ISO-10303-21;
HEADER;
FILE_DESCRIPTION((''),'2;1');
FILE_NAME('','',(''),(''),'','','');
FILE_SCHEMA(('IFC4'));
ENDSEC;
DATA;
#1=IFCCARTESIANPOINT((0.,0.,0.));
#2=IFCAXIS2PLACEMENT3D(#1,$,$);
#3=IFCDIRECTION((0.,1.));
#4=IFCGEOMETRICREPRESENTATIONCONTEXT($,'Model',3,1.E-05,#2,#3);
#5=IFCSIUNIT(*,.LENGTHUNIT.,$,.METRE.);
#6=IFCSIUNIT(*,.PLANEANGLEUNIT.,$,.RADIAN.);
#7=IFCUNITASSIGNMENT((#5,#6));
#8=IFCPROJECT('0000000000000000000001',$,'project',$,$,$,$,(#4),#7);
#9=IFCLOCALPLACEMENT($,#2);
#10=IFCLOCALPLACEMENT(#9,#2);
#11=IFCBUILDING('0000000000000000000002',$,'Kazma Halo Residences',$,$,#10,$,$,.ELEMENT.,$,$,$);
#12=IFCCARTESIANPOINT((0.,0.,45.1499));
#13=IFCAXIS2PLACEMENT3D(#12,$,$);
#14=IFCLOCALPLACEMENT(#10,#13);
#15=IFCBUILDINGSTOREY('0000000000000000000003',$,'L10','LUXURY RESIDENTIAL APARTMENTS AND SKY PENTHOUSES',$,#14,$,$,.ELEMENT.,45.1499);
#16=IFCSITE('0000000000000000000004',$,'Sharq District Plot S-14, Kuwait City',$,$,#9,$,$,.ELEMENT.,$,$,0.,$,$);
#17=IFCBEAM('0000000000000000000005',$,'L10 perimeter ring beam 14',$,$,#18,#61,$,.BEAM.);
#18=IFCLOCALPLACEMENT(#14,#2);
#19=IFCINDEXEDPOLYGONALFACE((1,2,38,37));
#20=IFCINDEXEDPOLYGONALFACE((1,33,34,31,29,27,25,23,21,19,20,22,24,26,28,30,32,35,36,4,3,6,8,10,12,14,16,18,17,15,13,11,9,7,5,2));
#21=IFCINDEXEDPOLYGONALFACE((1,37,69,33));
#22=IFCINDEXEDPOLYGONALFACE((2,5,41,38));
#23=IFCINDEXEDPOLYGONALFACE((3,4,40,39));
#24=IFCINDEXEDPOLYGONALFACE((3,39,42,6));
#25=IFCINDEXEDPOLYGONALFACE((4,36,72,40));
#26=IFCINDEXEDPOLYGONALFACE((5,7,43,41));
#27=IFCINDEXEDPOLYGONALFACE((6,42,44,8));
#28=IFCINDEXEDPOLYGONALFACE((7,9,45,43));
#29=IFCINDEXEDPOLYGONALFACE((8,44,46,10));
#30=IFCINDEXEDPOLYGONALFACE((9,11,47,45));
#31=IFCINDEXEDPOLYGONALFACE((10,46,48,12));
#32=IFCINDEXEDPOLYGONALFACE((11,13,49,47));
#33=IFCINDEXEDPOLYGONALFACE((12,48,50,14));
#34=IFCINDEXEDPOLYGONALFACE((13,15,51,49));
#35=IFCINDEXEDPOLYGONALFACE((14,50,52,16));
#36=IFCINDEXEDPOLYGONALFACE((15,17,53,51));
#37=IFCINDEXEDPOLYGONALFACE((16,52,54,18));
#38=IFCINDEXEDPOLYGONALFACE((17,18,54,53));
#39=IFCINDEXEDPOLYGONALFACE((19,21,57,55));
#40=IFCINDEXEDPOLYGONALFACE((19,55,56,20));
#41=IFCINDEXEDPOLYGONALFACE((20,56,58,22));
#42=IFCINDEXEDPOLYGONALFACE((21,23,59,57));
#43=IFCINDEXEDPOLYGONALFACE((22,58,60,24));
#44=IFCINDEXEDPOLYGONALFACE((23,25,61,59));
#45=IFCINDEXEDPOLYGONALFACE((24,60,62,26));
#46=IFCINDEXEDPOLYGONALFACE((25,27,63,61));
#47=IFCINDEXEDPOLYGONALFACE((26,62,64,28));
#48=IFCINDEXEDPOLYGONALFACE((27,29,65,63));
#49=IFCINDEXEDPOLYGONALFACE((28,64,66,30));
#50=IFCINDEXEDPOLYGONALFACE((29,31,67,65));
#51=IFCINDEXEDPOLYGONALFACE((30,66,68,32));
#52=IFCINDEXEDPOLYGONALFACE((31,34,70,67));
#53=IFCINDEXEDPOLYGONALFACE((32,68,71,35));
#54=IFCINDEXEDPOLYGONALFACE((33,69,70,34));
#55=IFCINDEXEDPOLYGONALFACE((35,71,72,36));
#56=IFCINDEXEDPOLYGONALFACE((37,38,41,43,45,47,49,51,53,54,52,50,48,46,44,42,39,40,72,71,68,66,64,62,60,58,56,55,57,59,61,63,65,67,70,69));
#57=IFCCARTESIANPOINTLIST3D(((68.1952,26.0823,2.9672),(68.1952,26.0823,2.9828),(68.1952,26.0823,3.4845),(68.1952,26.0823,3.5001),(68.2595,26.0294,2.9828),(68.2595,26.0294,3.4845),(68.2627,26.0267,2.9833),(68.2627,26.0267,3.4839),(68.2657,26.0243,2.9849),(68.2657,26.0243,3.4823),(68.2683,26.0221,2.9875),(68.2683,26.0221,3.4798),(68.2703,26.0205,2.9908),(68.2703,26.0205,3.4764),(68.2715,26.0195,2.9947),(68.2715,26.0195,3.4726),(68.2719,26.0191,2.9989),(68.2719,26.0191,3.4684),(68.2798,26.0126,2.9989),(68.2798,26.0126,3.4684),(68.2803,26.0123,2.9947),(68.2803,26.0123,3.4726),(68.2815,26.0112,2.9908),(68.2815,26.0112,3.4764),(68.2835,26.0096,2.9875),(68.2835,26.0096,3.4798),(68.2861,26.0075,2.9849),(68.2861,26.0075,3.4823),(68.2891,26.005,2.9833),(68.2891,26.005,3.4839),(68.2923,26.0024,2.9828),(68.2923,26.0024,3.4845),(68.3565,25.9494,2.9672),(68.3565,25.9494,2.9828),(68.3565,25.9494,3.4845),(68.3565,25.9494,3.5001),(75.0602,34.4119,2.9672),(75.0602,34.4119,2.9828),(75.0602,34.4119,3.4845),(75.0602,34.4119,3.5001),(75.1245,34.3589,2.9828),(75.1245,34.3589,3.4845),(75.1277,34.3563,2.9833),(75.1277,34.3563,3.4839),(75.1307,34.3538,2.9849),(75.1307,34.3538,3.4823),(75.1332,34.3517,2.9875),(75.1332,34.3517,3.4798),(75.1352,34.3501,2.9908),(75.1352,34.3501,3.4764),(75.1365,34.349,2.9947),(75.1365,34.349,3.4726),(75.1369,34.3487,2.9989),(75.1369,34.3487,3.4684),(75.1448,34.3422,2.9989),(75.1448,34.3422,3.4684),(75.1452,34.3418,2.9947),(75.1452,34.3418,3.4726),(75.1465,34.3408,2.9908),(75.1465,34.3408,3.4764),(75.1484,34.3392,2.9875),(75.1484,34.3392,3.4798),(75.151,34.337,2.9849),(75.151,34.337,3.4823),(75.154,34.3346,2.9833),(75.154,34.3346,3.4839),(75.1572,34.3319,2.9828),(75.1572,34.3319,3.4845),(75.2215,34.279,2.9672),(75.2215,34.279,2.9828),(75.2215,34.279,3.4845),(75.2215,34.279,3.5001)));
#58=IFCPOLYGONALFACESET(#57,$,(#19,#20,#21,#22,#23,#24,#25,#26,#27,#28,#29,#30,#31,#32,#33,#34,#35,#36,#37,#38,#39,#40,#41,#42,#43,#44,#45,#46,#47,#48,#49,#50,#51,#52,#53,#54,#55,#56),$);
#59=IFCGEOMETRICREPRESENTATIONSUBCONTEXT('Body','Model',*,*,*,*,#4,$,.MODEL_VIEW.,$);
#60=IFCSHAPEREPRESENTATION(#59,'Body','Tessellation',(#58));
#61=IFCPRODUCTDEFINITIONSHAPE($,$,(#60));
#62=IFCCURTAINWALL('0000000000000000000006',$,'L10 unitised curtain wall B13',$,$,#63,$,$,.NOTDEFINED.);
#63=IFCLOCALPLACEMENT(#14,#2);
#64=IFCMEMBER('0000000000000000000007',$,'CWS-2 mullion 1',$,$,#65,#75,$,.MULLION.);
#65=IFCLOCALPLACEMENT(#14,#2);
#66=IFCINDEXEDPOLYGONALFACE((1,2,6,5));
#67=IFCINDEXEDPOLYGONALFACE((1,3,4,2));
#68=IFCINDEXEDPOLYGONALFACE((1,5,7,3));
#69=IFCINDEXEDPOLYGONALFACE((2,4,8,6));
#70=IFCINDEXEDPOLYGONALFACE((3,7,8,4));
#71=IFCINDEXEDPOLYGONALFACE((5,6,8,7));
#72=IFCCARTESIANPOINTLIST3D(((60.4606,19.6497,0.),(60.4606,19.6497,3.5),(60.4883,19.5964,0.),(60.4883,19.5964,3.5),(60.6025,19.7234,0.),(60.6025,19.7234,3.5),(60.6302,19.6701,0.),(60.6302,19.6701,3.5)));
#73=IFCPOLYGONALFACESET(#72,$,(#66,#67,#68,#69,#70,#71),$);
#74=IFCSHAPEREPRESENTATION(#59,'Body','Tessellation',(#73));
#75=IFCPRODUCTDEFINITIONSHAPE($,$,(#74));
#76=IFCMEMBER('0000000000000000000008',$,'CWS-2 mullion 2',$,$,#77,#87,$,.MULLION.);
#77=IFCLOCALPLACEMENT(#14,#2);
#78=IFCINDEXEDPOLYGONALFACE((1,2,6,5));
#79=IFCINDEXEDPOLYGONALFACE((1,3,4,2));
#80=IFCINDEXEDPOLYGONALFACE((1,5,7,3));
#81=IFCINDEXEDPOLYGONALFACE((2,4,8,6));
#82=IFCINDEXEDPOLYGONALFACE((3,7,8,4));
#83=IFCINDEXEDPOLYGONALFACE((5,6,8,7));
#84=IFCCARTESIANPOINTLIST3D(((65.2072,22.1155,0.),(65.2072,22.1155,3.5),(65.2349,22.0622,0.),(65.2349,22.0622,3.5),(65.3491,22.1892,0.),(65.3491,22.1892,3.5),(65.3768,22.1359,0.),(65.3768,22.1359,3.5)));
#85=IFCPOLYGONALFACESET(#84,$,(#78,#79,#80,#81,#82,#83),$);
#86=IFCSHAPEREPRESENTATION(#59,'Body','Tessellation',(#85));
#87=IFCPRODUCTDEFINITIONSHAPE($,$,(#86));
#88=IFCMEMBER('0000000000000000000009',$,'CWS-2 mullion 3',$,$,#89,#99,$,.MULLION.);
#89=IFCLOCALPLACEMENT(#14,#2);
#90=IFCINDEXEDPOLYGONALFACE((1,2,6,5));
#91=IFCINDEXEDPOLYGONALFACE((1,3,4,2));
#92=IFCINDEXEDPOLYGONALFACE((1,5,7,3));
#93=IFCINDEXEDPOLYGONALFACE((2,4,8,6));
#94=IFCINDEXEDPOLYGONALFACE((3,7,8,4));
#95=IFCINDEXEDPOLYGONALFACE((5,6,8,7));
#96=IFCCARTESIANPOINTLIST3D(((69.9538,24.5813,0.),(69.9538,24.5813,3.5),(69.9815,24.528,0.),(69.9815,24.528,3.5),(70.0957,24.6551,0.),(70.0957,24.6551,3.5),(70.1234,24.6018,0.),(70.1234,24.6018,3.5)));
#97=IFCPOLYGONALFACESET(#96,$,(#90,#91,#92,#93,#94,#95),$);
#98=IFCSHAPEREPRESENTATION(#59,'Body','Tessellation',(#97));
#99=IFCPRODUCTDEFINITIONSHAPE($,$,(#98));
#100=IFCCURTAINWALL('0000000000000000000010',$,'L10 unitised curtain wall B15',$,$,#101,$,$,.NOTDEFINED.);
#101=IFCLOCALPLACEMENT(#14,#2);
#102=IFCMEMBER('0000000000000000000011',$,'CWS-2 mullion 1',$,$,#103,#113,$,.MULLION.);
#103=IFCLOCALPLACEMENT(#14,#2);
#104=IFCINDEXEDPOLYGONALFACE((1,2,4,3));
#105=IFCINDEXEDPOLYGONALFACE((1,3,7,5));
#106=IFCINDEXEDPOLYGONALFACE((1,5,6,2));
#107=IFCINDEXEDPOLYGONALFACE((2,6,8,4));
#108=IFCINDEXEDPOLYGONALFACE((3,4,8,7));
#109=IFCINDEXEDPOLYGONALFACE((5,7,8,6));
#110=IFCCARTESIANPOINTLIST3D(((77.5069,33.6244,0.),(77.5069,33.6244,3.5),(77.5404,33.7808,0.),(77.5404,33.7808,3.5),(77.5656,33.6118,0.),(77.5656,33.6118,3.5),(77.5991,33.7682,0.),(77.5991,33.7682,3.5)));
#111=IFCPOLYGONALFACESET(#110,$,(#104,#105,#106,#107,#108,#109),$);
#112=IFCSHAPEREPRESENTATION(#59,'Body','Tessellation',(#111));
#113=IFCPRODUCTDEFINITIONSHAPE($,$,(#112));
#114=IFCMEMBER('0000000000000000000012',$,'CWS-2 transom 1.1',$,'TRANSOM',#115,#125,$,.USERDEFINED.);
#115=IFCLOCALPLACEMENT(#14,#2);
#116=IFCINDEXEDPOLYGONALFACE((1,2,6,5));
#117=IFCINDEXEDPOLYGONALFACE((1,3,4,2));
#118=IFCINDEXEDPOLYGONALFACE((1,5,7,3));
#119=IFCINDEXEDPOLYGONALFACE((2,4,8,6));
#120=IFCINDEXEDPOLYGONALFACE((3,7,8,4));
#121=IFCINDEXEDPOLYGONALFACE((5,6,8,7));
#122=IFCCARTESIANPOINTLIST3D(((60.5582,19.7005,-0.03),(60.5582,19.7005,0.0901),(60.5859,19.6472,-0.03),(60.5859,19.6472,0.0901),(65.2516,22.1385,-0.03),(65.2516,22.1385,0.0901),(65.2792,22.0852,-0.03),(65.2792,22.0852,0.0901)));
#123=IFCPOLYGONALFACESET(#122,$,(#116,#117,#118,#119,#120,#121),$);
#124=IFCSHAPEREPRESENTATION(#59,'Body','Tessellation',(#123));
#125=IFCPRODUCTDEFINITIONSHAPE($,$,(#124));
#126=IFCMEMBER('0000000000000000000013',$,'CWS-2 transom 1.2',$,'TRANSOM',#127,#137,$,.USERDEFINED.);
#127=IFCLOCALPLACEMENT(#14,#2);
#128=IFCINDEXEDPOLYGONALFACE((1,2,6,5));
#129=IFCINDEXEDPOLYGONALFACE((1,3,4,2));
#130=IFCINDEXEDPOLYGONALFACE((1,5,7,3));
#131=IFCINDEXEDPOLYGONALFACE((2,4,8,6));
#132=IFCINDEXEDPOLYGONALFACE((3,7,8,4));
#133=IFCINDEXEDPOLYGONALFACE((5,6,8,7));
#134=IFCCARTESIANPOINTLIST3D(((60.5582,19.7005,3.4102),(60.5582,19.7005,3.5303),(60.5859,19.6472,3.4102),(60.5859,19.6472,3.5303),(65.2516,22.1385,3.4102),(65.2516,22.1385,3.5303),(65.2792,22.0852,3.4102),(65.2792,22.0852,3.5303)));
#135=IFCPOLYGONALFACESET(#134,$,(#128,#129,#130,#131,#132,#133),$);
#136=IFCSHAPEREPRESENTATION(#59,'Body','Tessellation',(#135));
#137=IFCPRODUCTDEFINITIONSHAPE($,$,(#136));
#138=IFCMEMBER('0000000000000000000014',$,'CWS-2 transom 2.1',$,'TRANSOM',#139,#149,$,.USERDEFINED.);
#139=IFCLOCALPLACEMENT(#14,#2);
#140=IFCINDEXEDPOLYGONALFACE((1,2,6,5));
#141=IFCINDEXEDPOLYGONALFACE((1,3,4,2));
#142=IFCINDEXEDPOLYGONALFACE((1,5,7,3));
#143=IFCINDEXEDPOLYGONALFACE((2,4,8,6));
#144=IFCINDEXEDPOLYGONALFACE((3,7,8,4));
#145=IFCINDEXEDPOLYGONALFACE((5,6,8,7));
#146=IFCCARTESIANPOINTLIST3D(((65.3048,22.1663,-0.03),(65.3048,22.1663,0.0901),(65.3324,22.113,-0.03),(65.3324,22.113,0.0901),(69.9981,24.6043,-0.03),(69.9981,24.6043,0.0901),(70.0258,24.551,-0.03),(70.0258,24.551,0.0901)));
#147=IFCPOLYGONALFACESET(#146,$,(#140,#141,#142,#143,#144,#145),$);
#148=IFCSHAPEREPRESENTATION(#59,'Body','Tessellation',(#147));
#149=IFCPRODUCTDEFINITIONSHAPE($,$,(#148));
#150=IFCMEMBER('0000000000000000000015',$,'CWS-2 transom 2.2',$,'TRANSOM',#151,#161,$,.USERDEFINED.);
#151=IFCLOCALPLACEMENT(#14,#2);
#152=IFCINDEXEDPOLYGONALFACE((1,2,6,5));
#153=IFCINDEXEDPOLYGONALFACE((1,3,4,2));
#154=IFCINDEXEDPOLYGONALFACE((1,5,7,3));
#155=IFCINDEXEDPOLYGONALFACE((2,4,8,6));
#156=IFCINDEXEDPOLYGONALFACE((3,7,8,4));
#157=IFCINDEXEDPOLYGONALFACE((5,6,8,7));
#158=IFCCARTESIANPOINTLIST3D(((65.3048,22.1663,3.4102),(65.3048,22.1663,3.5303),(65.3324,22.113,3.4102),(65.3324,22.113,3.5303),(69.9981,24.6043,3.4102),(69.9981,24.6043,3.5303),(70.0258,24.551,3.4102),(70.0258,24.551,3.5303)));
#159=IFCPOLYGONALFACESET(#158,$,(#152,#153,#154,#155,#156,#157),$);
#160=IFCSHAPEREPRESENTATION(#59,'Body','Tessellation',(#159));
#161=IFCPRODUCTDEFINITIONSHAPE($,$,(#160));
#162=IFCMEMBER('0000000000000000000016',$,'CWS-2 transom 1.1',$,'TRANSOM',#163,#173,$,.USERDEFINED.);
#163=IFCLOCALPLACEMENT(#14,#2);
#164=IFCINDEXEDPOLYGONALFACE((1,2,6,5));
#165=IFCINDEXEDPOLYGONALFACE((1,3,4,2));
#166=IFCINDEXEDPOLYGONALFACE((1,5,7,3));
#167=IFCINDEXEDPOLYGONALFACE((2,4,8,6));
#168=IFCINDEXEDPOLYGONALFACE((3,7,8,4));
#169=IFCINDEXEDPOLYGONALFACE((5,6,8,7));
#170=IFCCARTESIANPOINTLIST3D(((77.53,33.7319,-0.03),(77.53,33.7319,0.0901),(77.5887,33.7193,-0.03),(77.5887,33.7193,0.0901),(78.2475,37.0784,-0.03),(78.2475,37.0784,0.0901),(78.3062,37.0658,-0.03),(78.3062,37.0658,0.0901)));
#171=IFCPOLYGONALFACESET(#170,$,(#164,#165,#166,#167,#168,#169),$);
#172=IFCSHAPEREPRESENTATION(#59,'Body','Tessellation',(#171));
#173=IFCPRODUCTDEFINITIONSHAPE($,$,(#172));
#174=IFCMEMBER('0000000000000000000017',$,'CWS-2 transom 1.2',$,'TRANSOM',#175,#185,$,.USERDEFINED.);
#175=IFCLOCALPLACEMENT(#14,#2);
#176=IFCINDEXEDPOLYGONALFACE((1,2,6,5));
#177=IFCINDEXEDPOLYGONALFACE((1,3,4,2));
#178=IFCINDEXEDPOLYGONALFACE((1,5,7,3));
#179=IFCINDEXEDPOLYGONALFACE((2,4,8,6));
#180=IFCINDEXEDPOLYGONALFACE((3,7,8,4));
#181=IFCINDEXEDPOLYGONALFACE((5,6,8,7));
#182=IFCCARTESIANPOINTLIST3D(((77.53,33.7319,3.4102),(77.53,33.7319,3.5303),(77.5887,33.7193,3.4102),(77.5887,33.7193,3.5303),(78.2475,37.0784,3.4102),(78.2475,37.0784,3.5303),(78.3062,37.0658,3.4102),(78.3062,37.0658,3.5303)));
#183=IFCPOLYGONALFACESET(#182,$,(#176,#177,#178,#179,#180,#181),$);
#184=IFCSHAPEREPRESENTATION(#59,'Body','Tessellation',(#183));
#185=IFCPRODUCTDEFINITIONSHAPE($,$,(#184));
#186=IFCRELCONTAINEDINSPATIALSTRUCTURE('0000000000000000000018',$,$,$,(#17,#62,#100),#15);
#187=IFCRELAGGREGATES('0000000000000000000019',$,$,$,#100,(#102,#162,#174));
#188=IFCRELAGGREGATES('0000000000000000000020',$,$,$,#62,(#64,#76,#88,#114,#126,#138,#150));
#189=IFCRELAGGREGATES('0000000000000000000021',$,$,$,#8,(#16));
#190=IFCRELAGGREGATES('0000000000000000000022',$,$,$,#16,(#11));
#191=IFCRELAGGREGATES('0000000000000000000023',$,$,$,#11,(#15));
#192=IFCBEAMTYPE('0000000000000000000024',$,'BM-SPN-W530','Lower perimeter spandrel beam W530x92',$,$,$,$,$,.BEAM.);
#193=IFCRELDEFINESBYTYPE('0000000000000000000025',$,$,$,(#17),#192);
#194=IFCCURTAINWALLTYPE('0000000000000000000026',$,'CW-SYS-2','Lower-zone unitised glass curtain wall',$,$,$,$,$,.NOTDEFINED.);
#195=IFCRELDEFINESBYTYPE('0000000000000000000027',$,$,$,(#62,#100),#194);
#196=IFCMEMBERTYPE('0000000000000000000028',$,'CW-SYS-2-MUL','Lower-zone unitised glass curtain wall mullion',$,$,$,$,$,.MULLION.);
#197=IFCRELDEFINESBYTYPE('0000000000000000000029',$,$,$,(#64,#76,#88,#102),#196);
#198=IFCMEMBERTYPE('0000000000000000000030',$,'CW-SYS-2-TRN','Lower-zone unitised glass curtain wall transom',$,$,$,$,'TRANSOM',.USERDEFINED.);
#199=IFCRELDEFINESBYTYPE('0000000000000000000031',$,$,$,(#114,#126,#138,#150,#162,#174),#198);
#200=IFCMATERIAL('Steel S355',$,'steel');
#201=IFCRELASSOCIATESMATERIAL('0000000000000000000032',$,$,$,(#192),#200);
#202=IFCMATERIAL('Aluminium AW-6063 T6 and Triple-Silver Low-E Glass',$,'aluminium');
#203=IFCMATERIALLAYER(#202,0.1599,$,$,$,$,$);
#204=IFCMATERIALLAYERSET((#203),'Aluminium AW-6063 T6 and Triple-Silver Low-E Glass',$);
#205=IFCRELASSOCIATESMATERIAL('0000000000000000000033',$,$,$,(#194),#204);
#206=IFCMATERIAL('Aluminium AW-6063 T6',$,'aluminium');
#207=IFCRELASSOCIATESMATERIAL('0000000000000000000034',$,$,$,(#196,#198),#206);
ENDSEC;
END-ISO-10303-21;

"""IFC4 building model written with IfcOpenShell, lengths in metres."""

from ifc_helpers import new_model, si_unit, direction, frame, origin, origin_2d, place, context, subcontext, project, spatial, rectangle, i_section, extrude, material, layer, layer_set, material_profile, profile_set, type_object, element, aggregate, save


model = new_model("IFC4")

# Units and contexts
model_context = context("Model", 3, precision=1e-05, world=origin(), true_north=direction((0.0, 1.0)))
body_context = subcontext(model_context, "Body", "Model", "MODEL_VIEW")
ifc_project = project(units=[si_unit("LENGTHUNIT", "METRE"), si_unit("PLANEANGLEUNIT", "RADIAN")], contexts=[model_context])

# Site, building, storey
site_placement = place(None, origin())
site = spatial("IfcSite", under=ifc_project, at=site_placement, Name="Sharq District Plot S-14, Kuwait City", CompositionType="ELEMENT", RefElevation=0.0)
building_placement = place(site_placement, origin())
building = spatial("IfcBuilding", under=site, at=building_placement, Name="Kazma Halo Residences", CompositionType="ELEMENT")
storey_placement = place(building_placement, frame((0.0, 0.0, 45.1499)))
storey = spatial("IfcBuildingStorey", under=building, at=storey_placement, Name="L10", Description="LUXURY RESIDENTIAL APARTMENTS AND SKY PENTHOUSES", CompositionType="ELEMENT", Elevation=45.1499)

# Beam
ifc_material_1 = material(Name="Steel S355", Category="steel")
ifc_material_profile_1 = material_profile(ifc_material_1, i_section(OverallWidth=0.209, OverallDepth=0.533, WebThickness=0.0103, FlangeThickness=0.0156, FilletRadius=0.0161, at=origin_2d()), Name="W530x92")
ifc_profile_set_1 = profile_set([ifc_material_profile_1], Name="Steel S355")
beam_type_1 = type_object("IfcBeamType", Name="BM-SPN-W530", Description="Lower perimeter spandrel beam W530x92", PredefinedType="BEAM", material=ifc_profile_set_1)
beam_1_placement = place(storey_placement, frame((68.2759, 26.0159, 3.2336), z_axis=(0.636001, 0.771688, 0.0), x_axis=(-0.771688, 0.636001, 0.0)))
element("IfcBeam", 1, at=beam_1_placement, inside=storey, type_object=beam_type_1, Name="L10 perimeter ring beam 14", PredefinedType="BEAM", context=body_context, shape_type="SweptSolid", body=[
    extrude(i_section(OverallWidth=0.209, OverallDepth=0.533, WebThickness=0.0103, FlangeThickness=0.0156, FilletRadius=0.0161, at=origin_2d()), origin(), (0.0, 0.0, 1.0), 10.7939),
])

# Curtain wall, members
ifc_material_2 = material(Name="Aluminium AW-6063 T6 and Triple-Silver Low-E Glass", Category="aluminium")
ifc_layer_1 = layer(ifc_material_2, 0.1599)
ifc_layer_set_1 = layer_set([ifc_layer_1], Name="Aluminium AW-6063 T6 and Triple-Silver Low-E Glass")
curtain_wall_type = type_object("IfcCurtainWallType", Name="CW-SYS-2", Description="Lower-zone unitised glass curtain wall", PredefinedType="NOTDEFINED", material=ifc_layer_set_1)
curtain_wall_1_placement = place(storey_placement, origin())
curtain_wall_1 = element("IfcCurtainWall", 2, at=curtain_wall_1_placement, inside=storey, type_object=curtain_wall_type, Name="L10 unitised curtain wall B13", PredefinedType="NOTDEFINED")
ifc_material_3 = material(Name="Aluminium AW-6063 T6", Category="aluminium")
ifc_material_profile_2 = material_profile(ifc_material_3, rectangle(XDim=0.0601, YDim=0.1599, at=origin_2d()), Name="CWM-60x160")
ifc_profile_set_2 = profile_set([ifc_material_profile_2], Name="Aluminium AW-6063 T6")
member_type_1 = type_object("IfcMemberType", Name="CW-SYS-2-MUL", Description="Lower-zone unitised glass curtain wall mullion", PredefinedType="MULLION", material=ifc_profile_set_2)
member_1_placement = place(storey_placement, frame((60.5454, 19.6599, 0.0), z_axis=(0.0, 0.0, 1.0), x_axis=(-0.460996, 0.887402, 0.0)))
member_1 = element("IfcMember", 3, at=member_1_placement, type_object=member_type_1, Name="CWS-2 mullion 1", PredefinedType="MULLION", context=body_context, shape_type="SweptSolid", body=[
    extrude(rectangle(XDim=0.0601, YDim=0.1599, at=origin_2d()), origin(), (0.0, 0.0, 1.0), 3.5),
])
member_2_placement = place(storey_placement, frame((65.292, 22.1257, 0.0), z_axis=(0.0, 0.0, 1.0), x_axis=(-0.460996, 0.887402, 0.0)))
member_2 = element("IfcMember", 4, at=member_2_placement, type_object=member_type_1, Name="CWS-2 mullion 2", PredefinedType="MULLION", context=body_context, shape_type="SweptSolid", body=[
    extrude(rectangle(XDim=0.0601, YDim=0.1599, at=origin_2d()), origin(), (0.0, 0.0, 1.0), 3.5),
])
member_3_placement = place(storey_placement, frame((70.0386, 24.5916, 0.0), z_axis=(0.0, 0.0, 1.0), x_axis=(-0.460996, 0.887402, 0.0)))
member_3 = element("IfcMember", 5, at=member_3_placement, type_object=member_type_1, Name="CWS-2 mullion 3", PredefinedType="MULLION", context=body_context, shape_type="SweptSolid", body=[
    extrude(rectangle(XDim=0.0601, YDim=0.1599, at=origin_2d()), origin(), (0.0, 0.0, 1.0), 3.5),
])

# Curtain wall, member
curtain_wall_2_placement = place(storey_placement, origin())
curtain_wall_2 = element("IfcCurtainWall", 6, at=curtain_wall_2_placement, inside=storey, type_object=curtain_wall_type, Name="L10 unitised curtain wall B15", PredefinedType="NOTDEFINED")
member_4_placement = place(storey_placement, frame((77.553, 33.6963, 0.0), z_axis=(0.0, 0.0, 1.0), x_axis=(-0.977779, 0.209637, 0.0)))
member_4 = element("IfcMember", 7, at=member_4_placement, type_object=member_type_1, Name="CWS-2 mullion 1", PredefinedType="MULLION", context=body_context, shape_type="SweptSolid", body=[
    extrude(rectangle(XDim=0.0601, YDim=0.1599, at=origin_2d()), origin(), (0.0, 0.0, 1.0), 3.5),
])

# Members
ifc_material_profile_3 = material_profile(ifc_material_3, rectangle(XDim=0.0601, YDim=0.1201, at=origin_2d()), Name="CWT-60x120")
ifc_profile_set_3 = profile_set([ifc_material_profile_3], Name="Aluminium AW-6063 T6")
member_type_2 = type_object("IfcMemberType", Name="CW-SYS-2-TRN", Description="Lower-zone unitised glass curtain wall transom", ElementType="TRANSOM", PredefinedType="USERDEFINED", material=ifc_profile_set_3)
member_5_placement = place(storey_placement, frame((60.572, 19.6738, 0.03), z_axis=(0.887415, 0.460972, 0.0), x_axis=(-0.460972, 0.887415, 0.0)))
member_5 = element("IfcMember", 8, at=member_5_placement, type_object=member_type_2, Name="CWS-2 transom 1.1", ObjectType="TRANSOM", PredefinedType="USERDEFINED", context=body_context, shape_type="SweptSolid", body=[
    extrude(rectangle(XDim=0.0601, YDim=0.1201, at=origin_2d()), origin(), (0.0, 0.0, 1.0), 5.2888),
])
member_6_placement = place(storey_placement, frame((60.572, 19.6738, 3.4702), z_axis=(0.887415, 0.460972, 0.0), x_axis=(-0.460972, 0.887415, 0.0)))
member_6 = element("IfcMember", 9, at=member_6_placement, type_object=member_type_2, Name="CWS-2 transom 1.2", ObjectType="TRANSOM", PredefinedType="USERDEFINED", context=body_context, shape_type="SweptSolid", body=[
    extrude(rectangle(XDim=0.0601, YDim=0.1201, at=origin_2d()), origin(), (0.0, 0.0, 1.0), 5.2888),
])
member_7_placement = place(storey_placement, frame((65.3186, 22.1396, 0.03), z_axis=(0.887415, 0.460972, 0.0), x_axis=(-0.460972, 0.887415, 0.0)))
member_7 = element("IfcMember", 10, at=member_7_placement, type_object=member_type_2, Name="CWS-2 transom 2.1", ObjectType="TRANSOM", PredefinedType="USERDEFINED", context=body_context, shape_type="SweptSolid", body=[
    extrude(rectangle(XDim=0.0601, YDim=0.1201, at=origin_2d()), origin(), (0.0, 0.0, 1.0), 5.2888),
])
member_8_placement = place(storey_placement, frame((65.3186, 22.1396, 3.4702), z_axis=(0.887415, 0.460972, 0.0), x_axis=(-0.460972, 0.887415, 0.0)))
member_8 = element("IfcMember", 11, at=member_8_placement, type_object=member_type_2, Name="CWS-2 transom 2.2", ObjectType="TRANSOM", PredefinedType="USERDEFINED", context=body_context, shape_type="SweptSolid", body=[
    extrude(rectangle(XDim=0.0601, YDim=0.1201, at=origin_2d()), origin(), (0.0, 0.0, 1.0), 5.2888),
])
member_9_placement = place(storey_placement, frame((77.5593, 33.7256, 0.03), z_axis=(0.209651, 0.977776, 0.0), x_axis=(-0.977776, 0.209651, 0.0)))
member_9 = element("IfcMember", 12, at=member_9_placement, type_object=member_type_2, Name="CWS-2 transom 1.1", ObjectType="TRANSOM", PredefinedType="USERDEFINED", context=body_context, shape_type="SweptSolid", body=[
    extrude(rectangle(XDim=0.0601, YDim=0.1201, at=origin_2d()), origin(), (0.0, 0.0, 1.0), 3.4226),
])
member_10_placement = place(storey_placement, frame((77.5593, 33.7256, 3.4702), z_axis=(0.209651, 0.977776, 0.0), x_axis=(-0.977776, 0.209651, 0.0)))
member_10 = element("IfcMember", 13, at=member_10_placement, type_object=member_type_2, Name="CWS-2 transom 1.2", ObjectType="TRANSOM", PredefinedType="USERDEFINED", context=body_context, shape_type="SweptSolid", body=[
    extrude(rectangle(XDim=0.0601, YDim=0.1201, at=origin_2d()), origin(), (0.0, 0.0, 1.0), 3.4226),
])
aggregate(curtain_wall_2, [member_4, member_9, member_10])

aggregate(curtain_wall_1, [member_1, member_2, member_3, member_5, member_6, member_7, member_8])

save(model, "model.ifc")
